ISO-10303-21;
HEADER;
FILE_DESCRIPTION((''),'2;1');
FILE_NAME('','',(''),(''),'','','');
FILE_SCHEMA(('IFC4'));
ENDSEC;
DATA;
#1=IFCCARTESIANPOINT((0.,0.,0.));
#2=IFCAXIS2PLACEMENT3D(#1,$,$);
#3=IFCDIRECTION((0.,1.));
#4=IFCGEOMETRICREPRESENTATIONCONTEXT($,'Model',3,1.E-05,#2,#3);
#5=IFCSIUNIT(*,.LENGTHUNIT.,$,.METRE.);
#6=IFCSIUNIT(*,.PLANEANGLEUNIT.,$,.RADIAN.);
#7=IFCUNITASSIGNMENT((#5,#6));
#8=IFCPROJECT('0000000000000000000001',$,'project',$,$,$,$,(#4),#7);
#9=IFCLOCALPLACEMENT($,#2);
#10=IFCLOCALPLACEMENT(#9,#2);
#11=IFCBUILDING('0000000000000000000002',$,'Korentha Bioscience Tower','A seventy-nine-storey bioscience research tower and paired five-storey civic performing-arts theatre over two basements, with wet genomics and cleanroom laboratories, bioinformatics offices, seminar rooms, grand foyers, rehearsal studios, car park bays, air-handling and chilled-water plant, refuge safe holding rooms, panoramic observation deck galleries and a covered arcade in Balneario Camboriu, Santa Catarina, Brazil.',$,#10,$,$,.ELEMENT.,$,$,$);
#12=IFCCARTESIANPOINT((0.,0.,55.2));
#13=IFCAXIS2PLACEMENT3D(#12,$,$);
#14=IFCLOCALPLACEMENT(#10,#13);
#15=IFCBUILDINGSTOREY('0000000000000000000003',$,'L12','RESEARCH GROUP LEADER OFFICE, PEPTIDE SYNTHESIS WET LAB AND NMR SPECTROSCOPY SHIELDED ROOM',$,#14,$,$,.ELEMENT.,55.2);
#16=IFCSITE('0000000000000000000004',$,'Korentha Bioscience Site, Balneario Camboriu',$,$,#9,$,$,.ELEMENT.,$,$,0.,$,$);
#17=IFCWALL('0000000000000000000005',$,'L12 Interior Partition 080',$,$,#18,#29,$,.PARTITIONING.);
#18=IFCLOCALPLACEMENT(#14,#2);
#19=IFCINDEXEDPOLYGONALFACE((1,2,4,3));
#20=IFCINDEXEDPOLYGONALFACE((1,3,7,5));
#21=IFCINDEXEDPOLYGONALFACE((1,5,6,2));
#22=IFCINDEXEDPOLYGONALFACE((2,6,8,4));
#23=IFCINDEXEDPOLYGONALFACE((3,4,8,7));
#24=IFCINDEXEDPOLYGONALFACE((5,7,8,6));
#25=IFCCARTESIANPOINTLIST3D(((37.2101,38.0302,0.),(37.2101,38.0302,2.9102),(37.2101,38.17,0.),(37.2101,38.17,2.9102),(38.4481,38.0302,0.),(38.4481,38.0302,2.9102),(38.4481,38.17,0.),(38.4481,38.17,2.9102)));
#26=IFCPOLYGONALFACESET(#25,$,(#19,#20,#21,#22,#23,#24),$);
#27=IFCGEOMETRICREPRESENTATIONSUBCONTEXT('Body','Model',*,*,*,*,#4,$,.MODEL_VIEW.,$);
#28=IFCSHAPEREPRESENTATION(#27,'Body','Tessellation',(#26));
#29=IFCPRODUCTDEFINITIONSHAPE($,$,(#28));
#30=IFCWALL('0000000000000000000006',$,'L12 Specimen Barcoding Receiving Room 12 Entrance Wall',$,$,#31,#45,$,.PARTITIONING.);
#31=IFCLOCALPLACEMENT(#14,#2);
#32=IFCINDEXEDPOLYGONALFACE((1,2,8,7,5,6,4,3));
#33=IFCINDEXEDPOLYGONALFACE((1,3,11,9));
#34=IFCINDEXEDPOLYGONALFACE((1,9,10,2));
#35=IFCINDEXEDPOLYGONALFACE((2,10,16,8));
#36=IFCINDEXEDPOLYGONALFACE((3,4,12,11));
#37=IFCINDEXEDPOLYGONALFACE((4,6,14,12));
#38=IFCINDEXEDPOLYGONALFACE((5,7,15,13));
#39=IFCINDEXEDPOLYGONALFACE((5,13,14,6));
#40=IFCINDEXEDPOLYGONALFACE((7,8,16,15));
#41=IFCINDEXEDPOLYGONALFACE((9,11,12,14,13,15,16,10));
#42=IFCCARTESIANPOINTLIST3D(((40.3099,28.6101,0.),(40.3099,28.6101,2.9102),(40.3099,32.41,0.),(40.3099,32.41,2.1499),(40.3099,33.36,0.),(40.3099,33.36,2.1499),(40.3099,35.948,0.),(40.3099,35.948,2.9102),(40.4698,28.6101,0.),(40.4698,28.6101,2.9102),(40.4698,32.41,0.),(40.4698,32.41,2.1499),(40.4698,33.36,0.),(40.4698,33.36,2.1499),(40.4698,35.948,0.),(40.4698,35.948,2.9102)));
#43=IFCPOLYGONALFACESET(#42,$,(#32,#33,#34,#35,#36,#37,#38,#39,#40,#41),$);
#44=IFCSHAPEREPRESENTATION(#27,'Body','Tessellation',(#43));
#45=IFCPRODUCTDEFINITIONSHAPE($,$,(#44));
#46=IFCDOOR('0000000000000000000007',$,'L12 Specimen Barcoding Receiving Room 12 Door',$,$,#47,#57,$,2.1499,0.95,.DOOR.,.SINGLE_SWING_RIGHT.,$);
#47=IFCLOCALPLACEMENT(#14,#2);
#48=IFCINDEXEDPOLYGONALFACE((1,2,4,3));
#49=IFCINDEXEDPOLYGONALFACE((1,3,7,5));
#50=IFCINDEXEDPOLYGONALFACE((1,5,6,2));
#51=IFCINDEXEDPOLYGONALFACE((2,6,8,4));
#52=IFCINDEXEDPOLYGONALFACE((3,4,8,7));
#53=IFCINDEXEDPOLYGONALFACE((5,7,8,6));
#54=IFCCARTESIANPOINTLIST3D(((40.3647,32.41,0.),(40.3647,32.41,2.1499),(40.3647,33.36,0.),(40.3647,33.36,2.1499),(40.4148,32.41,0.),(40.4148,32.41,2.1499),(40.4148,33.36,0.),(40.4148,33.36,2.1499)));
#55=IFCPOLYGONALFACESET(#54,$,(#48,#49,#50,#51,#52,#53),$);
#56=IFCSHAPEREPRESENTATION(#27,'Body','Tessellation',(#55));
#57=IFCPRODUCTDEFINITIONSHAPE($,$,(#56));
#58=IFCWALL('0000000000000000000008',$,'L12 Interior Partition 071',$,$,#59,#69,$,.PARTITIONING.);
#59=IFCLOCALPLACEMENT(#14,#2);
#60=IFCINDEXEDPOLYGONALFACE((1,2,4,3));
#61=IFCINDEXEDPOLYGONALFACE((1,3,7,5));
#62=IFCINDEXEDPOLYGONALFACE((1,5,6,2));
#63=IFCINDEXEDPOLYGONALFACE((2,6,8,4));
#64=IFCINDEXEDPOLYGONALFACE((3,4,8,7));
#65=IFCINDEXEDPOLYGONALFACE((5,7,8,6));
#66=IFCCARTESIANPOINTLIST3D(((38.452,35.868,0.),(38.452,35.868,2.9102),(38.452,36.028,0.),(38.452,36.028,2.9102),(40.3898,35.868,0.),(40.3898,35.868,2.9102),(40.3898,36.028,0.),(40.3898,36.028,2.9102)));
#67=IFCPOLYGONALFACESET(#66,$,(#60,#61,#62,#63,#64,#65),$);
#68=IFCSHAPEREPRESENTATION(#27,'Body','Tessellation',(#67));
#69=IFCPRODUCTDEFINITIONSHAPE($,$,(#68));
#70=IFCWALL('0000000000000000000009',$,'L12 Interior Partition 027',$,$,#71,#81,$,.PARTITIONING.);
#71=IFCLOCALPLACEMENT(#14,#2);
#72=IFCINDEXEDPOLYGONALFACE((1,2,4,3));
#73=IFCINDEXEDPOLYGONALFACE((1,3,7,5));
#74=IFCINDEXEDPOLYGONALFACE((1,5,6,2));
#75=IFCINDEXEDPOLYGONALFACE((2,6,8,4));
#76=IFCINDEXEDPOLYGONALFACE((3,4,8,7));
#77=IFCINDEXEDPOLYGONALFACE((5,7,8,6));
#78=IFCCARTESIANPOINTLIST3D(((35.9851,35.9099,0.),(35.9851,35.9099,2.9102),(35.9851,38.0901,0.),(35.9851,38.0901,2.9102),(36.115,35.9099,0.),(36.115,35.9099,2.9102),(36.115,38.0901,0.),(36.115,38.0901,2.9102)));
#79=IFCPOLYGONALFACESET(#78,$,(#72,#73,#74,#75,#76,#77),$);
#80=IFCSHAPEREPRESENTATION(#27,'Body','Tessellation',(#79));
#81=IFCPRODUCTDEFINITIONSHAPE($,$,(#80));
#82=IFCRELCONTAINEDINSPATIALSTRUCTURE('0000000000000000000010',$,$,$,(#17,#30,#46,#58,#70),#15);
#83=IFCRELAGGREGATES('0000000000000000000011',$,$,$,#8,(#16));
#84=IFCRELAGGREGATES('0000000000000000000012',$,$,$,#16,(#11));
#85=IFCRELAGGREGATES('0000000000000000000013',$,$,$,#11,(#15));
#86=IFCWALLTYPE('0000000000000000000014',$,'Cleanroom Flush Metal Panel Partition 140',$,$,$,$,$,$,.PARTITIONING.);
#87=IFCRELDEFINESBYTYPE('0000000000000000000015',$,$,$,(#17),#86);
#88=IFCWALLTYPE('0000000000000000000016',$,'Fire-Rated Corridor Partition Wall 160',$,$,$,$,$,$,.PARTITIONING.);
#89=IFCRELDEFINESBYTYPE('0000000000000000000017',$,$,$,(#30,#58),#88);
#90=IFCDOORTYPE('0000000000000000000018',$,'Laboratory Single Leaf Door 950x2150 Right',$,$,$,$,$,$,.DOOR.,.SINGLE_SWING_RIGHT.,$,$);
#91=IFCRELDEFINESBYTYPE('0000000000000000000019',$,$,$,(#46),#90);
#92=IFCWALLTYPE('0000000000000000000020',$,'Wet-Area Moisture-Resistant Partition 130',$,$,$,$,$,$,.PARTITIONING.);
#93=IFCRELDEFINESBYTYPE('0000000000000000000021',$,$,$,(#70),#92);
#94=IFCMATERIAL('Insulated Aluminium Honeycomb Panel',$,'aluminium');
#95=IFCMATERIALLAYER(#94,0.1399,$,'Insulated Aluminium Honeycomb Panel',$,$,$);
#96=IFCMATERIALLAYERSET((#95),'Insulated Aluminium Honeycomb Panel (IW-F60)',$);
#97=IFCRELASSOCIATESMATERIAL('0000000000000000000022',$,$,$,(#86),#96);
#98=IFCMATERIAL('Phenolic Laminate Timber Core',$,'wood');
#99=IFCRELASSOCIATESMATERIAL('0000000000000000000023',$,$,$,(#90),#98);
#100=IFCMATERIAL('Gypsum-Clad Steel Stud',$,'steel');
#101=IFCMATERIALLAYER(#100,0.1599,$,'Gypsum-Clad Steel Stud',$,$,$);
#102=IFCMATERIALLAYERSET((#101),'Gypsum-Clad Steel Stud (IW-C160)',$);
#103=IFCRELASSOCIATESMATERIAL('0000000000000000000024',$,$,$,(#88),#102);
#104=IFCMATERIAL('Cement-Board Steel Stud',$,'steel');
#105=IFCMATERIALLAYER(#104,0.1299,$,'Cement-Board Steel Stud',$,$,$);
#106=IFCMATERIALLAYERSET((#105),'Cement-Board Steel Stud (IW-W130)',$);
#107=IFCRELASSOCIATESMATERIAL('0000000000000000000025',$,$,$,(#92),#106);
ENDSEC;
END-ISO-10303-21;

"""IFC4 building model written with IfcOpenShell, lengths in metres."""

from ifc_helpers import new_model, si_unit, direction, frame, frame_2d, origin, place, context, subcontext, project, spatial, rectangle, extrude, material, layer, layer_set, type_object, element, fill, save


model = new_model("IFC4")

# Units and contexts
model_context = context("Model", 3, precision=1e-05, world=origin(), true_north=direction((0.0, 1.0)))
body_context = subcontext(model_context, "Body", "Model", "MODEL_VIEW")
ifc_project = project(units=[si_unit("LENGTHUNIT", "METRE"), si_unit("PLANEANGLEUNIT", "RADIAN")], contexts=[model_context])

# Site, building, storey
site_placement = place(None, origin())
site = spatial("IfcSite", under=ifc_project, at=site_placement, Name="Korentha Bioscience Site, Balneario Camboriu", CompositionType="ELEMENT", RefElevation=0.0)
building_placement = place(site_placement, origin())
building = spatial("IfcBuilding", under=site, at=building_placement, Name="Korentha Bioscience Tower", Description="A seventy-nine-storey bioscience research tower and paired five-storey civic performing-arts theatre over two basements, with wet genomics and cleanroom laboratories, bioinformatics offices, seminar rooms, grand foyers, rehearsal studios, car park bays, air-handling and chilled-water plant, refuge safe holding rooms, panoramic observation deck galleries and a covered arcade in Balneario Camboriu, Santa Catarina, Brazil.", CompositionType="ELEMENT")
storey_placement = place(building_placement, frame((0.0, 0.0, 55.2)))
storey = spatial("IfcBuildingStorey", under=building, at=storey_placement, Name="L12", Description="RESEARCH GROUP LEADER OFFICE, PEPTIDE SYNTHESIS WET LAB AND NMR SPECTROSCOPY SHIELDED ROOM", CompositionType="ELEMENT", Elevation=55.2)

# Shared definitions
ifc_material_1 = material(Name="Insulated Aluminium Honeycomb Panel", Category="aluminium")
ifc_layer_1 = layer(ifc_material_1, 0.1399, Name="Insulated Aluminium Honeycomb Panel")
ifc_layer_set_1 = layer_set([ifc_layer_1], Name="Insulated Aluminium Honeycomb Panel (IW-F60)")
wall_type_1 = type_object("IfcWallType", Name="Cleanroom Flush Metal Panel Partition 140", PredefinedType="PARTITIONING", material=ifc_layer_set_1)
ifc_material_2 = material(Name="Phenolic Laminate Timber Core", Category="wood")
door_type_1 = type_object("IfcDoorType", Name="Laboratory Single Leaf Door 950x2150 Right", OperationType="SINGLE_SWING_RIGHT", PredefinedType="DOOR", material=ifc_material_2)

# Wall
wall_1_placement = place(storey_placement, frame((37.21, 38.1001, 0.0), z_axis=(0.0, 0.0, 1.0), x_axis=(1.0, 0.0, 0.0)))
element("IfcWall", 1, at=wall_1_placement, inside=storey, type_object=wall_type_1, Name="L12 Interior Partition 080", PredefinedType="PARTITIONING", context=body_context, shape_type="SweptSolid", body=[
    extrude(rectangle(XDim=1.238, YDim=0.1399, at=frame_2d((0.6191, 0.0))), origin(), (0.0, 0.0, 1.0), 2.9102),
])

# Wall, opening, door
ifc_material_3 = material(Name="Gypsum-Clad Steel Stud", Category="steel")
ifc_layer_2 = layer(ifc_material_3, 0.1599, Name="Gypsum-Clad Steel Stud")
ifc_layer_set_2 = layer_set([ifc_layer_2], Name="Gypsum-Clad Steel Stud (IW-C160)")
wall_type_2 = type_object("IfcWallType", Name="Fire-Rated Corridor Partition Wall 160", PredefinedType="PARTITIONING", material=ifc_layer_set_2)
wall_2_placement = place(storey_placement, frame((40.3899, 35.948, 0.0), z_axis=(0.0, 0.0, 1.0), x_axis=(0.0, -1.0, 0.0)))
wall_2 = element("IfcWall", 2, at=wall_2_placement, inside=storey, type_object=wall_type_2, Name="L12 Specimen Barcoding Receiving Room 12 Entrance Wall", PredefinedType="PARTITIONING", context=body_context, shape_type="SweptSolid", body=[
    extrude(rectangle(XDim=7.3379, YDim=0.1599, at=frame_2d((3.6689, 0.0))), origin(), (0.0, 0.0, 1.0), 2.9102),
])
opening_1_placement = place(wall_2_placement, frame((2.5879, 0.0, 0.0)))
opening_1 = element("IfcOpeningElement", 3, at=opening_1_placement, cuts=wall_2, PredefinedType="OPENING", context=body_context, shape_type="SweptSolid", body=[
    extrude(rectangle(XDim=0.95, YDim=2.1499, at=frame_2d((0.4751, 1.075))), frame((0.0, 0.0947, 0.0), z_axis=(0.0, -1.0, 0.0), x_axis=(1.0, 0.0, 0.0)), (0.0, 0.0, 1.0), 0.1897),
])
door_1_placement = place(opening_1_placement, origin())
door_1 = element("IfcDoor", 4, at=door_1_placement, inside=storey, type_object=door_type_1, Name="L12 Specimen Barcoding Receiving Room 12 Door", OperationType="SINGLE_SWING_RIGHT", OverallHeight=2.1499, OverallWidth=0.95, PredefinedType="DOOR", context=body_context, shape_type="SweptSolid", body=[
    extrude(rectangle(XDim=0.95, YDim=2.1499, at=frame_2d((0.4751, 1.075))), frame((0.0, 0.0249, 0.0), z_axis=(0.0, -1.0, 0.0), x_axis=(1.0, 0.0, 0.0)), (0.0, 0.0, 1.0), 0.05),
])
fill(opening_1, door_1)

# Wall
wall_3_placement = place(storey_placement, frame((38.4521, 35.948, 0.0), z_axis=(0.0, 0.0, 1.0), x_axis=(1.0, 0.0, 0.0)))
element("IfcWall", 5, at=wall_3_placement, inside=storey, type_object=wall_type_2, Name="L12 Interior Partition 071", PredefinedType="PARTITIONING", context=body_context, shape_type="SweptSolid", body=[
    extrude(rectangle(XDim=1.9377, YDim=0.1599, at=frame_2d((0.9688, 0.0))), origin(), (0.0, 0.0, 1.0), 2.9102),
])

# Shared definitions
ifc_material_4 = material(Name="Cement-Board Steel Stud", Category="steel")
ifc_layer_3 = layer(ifc_material_4, 0.1299, Name="Cement-Board Steel Stud")
ifc_layer_set_3 = layer_set([ifc_layer_3], Name="Cement-Board Steel Stud (IW-W130)")
wall_type_3 = type_object("IfcWallType", Name="Wet-Area Moisture-Resistant Partition 130", PredefinedType="PARTITIONING", material=ifc_layer_set_3)

# Wall
wall_4_placement = place(storey_placement, frame((36.05, 38.0901, 0.0), z_axis=(0.0, 0.0, 1.0), x_axis=(0.0, -1.0, 0.0)))
element("IfcWall", 6, at=wall_4_placement, inside=storey, type_object=wall_type_3, Name="L12 Interior Partition 027", PredefinedType="PARTITIONING", context=body_context, shape_type="SweptSolid", body=[
    extrude(rectangle(XDim=2.1802, YDim=0.1299, at=frame_2d((1.0901, 0.0))), origin(), (0.0, 0.0, 1.0), 2.9102),
])

save(model, "model.ifc")
